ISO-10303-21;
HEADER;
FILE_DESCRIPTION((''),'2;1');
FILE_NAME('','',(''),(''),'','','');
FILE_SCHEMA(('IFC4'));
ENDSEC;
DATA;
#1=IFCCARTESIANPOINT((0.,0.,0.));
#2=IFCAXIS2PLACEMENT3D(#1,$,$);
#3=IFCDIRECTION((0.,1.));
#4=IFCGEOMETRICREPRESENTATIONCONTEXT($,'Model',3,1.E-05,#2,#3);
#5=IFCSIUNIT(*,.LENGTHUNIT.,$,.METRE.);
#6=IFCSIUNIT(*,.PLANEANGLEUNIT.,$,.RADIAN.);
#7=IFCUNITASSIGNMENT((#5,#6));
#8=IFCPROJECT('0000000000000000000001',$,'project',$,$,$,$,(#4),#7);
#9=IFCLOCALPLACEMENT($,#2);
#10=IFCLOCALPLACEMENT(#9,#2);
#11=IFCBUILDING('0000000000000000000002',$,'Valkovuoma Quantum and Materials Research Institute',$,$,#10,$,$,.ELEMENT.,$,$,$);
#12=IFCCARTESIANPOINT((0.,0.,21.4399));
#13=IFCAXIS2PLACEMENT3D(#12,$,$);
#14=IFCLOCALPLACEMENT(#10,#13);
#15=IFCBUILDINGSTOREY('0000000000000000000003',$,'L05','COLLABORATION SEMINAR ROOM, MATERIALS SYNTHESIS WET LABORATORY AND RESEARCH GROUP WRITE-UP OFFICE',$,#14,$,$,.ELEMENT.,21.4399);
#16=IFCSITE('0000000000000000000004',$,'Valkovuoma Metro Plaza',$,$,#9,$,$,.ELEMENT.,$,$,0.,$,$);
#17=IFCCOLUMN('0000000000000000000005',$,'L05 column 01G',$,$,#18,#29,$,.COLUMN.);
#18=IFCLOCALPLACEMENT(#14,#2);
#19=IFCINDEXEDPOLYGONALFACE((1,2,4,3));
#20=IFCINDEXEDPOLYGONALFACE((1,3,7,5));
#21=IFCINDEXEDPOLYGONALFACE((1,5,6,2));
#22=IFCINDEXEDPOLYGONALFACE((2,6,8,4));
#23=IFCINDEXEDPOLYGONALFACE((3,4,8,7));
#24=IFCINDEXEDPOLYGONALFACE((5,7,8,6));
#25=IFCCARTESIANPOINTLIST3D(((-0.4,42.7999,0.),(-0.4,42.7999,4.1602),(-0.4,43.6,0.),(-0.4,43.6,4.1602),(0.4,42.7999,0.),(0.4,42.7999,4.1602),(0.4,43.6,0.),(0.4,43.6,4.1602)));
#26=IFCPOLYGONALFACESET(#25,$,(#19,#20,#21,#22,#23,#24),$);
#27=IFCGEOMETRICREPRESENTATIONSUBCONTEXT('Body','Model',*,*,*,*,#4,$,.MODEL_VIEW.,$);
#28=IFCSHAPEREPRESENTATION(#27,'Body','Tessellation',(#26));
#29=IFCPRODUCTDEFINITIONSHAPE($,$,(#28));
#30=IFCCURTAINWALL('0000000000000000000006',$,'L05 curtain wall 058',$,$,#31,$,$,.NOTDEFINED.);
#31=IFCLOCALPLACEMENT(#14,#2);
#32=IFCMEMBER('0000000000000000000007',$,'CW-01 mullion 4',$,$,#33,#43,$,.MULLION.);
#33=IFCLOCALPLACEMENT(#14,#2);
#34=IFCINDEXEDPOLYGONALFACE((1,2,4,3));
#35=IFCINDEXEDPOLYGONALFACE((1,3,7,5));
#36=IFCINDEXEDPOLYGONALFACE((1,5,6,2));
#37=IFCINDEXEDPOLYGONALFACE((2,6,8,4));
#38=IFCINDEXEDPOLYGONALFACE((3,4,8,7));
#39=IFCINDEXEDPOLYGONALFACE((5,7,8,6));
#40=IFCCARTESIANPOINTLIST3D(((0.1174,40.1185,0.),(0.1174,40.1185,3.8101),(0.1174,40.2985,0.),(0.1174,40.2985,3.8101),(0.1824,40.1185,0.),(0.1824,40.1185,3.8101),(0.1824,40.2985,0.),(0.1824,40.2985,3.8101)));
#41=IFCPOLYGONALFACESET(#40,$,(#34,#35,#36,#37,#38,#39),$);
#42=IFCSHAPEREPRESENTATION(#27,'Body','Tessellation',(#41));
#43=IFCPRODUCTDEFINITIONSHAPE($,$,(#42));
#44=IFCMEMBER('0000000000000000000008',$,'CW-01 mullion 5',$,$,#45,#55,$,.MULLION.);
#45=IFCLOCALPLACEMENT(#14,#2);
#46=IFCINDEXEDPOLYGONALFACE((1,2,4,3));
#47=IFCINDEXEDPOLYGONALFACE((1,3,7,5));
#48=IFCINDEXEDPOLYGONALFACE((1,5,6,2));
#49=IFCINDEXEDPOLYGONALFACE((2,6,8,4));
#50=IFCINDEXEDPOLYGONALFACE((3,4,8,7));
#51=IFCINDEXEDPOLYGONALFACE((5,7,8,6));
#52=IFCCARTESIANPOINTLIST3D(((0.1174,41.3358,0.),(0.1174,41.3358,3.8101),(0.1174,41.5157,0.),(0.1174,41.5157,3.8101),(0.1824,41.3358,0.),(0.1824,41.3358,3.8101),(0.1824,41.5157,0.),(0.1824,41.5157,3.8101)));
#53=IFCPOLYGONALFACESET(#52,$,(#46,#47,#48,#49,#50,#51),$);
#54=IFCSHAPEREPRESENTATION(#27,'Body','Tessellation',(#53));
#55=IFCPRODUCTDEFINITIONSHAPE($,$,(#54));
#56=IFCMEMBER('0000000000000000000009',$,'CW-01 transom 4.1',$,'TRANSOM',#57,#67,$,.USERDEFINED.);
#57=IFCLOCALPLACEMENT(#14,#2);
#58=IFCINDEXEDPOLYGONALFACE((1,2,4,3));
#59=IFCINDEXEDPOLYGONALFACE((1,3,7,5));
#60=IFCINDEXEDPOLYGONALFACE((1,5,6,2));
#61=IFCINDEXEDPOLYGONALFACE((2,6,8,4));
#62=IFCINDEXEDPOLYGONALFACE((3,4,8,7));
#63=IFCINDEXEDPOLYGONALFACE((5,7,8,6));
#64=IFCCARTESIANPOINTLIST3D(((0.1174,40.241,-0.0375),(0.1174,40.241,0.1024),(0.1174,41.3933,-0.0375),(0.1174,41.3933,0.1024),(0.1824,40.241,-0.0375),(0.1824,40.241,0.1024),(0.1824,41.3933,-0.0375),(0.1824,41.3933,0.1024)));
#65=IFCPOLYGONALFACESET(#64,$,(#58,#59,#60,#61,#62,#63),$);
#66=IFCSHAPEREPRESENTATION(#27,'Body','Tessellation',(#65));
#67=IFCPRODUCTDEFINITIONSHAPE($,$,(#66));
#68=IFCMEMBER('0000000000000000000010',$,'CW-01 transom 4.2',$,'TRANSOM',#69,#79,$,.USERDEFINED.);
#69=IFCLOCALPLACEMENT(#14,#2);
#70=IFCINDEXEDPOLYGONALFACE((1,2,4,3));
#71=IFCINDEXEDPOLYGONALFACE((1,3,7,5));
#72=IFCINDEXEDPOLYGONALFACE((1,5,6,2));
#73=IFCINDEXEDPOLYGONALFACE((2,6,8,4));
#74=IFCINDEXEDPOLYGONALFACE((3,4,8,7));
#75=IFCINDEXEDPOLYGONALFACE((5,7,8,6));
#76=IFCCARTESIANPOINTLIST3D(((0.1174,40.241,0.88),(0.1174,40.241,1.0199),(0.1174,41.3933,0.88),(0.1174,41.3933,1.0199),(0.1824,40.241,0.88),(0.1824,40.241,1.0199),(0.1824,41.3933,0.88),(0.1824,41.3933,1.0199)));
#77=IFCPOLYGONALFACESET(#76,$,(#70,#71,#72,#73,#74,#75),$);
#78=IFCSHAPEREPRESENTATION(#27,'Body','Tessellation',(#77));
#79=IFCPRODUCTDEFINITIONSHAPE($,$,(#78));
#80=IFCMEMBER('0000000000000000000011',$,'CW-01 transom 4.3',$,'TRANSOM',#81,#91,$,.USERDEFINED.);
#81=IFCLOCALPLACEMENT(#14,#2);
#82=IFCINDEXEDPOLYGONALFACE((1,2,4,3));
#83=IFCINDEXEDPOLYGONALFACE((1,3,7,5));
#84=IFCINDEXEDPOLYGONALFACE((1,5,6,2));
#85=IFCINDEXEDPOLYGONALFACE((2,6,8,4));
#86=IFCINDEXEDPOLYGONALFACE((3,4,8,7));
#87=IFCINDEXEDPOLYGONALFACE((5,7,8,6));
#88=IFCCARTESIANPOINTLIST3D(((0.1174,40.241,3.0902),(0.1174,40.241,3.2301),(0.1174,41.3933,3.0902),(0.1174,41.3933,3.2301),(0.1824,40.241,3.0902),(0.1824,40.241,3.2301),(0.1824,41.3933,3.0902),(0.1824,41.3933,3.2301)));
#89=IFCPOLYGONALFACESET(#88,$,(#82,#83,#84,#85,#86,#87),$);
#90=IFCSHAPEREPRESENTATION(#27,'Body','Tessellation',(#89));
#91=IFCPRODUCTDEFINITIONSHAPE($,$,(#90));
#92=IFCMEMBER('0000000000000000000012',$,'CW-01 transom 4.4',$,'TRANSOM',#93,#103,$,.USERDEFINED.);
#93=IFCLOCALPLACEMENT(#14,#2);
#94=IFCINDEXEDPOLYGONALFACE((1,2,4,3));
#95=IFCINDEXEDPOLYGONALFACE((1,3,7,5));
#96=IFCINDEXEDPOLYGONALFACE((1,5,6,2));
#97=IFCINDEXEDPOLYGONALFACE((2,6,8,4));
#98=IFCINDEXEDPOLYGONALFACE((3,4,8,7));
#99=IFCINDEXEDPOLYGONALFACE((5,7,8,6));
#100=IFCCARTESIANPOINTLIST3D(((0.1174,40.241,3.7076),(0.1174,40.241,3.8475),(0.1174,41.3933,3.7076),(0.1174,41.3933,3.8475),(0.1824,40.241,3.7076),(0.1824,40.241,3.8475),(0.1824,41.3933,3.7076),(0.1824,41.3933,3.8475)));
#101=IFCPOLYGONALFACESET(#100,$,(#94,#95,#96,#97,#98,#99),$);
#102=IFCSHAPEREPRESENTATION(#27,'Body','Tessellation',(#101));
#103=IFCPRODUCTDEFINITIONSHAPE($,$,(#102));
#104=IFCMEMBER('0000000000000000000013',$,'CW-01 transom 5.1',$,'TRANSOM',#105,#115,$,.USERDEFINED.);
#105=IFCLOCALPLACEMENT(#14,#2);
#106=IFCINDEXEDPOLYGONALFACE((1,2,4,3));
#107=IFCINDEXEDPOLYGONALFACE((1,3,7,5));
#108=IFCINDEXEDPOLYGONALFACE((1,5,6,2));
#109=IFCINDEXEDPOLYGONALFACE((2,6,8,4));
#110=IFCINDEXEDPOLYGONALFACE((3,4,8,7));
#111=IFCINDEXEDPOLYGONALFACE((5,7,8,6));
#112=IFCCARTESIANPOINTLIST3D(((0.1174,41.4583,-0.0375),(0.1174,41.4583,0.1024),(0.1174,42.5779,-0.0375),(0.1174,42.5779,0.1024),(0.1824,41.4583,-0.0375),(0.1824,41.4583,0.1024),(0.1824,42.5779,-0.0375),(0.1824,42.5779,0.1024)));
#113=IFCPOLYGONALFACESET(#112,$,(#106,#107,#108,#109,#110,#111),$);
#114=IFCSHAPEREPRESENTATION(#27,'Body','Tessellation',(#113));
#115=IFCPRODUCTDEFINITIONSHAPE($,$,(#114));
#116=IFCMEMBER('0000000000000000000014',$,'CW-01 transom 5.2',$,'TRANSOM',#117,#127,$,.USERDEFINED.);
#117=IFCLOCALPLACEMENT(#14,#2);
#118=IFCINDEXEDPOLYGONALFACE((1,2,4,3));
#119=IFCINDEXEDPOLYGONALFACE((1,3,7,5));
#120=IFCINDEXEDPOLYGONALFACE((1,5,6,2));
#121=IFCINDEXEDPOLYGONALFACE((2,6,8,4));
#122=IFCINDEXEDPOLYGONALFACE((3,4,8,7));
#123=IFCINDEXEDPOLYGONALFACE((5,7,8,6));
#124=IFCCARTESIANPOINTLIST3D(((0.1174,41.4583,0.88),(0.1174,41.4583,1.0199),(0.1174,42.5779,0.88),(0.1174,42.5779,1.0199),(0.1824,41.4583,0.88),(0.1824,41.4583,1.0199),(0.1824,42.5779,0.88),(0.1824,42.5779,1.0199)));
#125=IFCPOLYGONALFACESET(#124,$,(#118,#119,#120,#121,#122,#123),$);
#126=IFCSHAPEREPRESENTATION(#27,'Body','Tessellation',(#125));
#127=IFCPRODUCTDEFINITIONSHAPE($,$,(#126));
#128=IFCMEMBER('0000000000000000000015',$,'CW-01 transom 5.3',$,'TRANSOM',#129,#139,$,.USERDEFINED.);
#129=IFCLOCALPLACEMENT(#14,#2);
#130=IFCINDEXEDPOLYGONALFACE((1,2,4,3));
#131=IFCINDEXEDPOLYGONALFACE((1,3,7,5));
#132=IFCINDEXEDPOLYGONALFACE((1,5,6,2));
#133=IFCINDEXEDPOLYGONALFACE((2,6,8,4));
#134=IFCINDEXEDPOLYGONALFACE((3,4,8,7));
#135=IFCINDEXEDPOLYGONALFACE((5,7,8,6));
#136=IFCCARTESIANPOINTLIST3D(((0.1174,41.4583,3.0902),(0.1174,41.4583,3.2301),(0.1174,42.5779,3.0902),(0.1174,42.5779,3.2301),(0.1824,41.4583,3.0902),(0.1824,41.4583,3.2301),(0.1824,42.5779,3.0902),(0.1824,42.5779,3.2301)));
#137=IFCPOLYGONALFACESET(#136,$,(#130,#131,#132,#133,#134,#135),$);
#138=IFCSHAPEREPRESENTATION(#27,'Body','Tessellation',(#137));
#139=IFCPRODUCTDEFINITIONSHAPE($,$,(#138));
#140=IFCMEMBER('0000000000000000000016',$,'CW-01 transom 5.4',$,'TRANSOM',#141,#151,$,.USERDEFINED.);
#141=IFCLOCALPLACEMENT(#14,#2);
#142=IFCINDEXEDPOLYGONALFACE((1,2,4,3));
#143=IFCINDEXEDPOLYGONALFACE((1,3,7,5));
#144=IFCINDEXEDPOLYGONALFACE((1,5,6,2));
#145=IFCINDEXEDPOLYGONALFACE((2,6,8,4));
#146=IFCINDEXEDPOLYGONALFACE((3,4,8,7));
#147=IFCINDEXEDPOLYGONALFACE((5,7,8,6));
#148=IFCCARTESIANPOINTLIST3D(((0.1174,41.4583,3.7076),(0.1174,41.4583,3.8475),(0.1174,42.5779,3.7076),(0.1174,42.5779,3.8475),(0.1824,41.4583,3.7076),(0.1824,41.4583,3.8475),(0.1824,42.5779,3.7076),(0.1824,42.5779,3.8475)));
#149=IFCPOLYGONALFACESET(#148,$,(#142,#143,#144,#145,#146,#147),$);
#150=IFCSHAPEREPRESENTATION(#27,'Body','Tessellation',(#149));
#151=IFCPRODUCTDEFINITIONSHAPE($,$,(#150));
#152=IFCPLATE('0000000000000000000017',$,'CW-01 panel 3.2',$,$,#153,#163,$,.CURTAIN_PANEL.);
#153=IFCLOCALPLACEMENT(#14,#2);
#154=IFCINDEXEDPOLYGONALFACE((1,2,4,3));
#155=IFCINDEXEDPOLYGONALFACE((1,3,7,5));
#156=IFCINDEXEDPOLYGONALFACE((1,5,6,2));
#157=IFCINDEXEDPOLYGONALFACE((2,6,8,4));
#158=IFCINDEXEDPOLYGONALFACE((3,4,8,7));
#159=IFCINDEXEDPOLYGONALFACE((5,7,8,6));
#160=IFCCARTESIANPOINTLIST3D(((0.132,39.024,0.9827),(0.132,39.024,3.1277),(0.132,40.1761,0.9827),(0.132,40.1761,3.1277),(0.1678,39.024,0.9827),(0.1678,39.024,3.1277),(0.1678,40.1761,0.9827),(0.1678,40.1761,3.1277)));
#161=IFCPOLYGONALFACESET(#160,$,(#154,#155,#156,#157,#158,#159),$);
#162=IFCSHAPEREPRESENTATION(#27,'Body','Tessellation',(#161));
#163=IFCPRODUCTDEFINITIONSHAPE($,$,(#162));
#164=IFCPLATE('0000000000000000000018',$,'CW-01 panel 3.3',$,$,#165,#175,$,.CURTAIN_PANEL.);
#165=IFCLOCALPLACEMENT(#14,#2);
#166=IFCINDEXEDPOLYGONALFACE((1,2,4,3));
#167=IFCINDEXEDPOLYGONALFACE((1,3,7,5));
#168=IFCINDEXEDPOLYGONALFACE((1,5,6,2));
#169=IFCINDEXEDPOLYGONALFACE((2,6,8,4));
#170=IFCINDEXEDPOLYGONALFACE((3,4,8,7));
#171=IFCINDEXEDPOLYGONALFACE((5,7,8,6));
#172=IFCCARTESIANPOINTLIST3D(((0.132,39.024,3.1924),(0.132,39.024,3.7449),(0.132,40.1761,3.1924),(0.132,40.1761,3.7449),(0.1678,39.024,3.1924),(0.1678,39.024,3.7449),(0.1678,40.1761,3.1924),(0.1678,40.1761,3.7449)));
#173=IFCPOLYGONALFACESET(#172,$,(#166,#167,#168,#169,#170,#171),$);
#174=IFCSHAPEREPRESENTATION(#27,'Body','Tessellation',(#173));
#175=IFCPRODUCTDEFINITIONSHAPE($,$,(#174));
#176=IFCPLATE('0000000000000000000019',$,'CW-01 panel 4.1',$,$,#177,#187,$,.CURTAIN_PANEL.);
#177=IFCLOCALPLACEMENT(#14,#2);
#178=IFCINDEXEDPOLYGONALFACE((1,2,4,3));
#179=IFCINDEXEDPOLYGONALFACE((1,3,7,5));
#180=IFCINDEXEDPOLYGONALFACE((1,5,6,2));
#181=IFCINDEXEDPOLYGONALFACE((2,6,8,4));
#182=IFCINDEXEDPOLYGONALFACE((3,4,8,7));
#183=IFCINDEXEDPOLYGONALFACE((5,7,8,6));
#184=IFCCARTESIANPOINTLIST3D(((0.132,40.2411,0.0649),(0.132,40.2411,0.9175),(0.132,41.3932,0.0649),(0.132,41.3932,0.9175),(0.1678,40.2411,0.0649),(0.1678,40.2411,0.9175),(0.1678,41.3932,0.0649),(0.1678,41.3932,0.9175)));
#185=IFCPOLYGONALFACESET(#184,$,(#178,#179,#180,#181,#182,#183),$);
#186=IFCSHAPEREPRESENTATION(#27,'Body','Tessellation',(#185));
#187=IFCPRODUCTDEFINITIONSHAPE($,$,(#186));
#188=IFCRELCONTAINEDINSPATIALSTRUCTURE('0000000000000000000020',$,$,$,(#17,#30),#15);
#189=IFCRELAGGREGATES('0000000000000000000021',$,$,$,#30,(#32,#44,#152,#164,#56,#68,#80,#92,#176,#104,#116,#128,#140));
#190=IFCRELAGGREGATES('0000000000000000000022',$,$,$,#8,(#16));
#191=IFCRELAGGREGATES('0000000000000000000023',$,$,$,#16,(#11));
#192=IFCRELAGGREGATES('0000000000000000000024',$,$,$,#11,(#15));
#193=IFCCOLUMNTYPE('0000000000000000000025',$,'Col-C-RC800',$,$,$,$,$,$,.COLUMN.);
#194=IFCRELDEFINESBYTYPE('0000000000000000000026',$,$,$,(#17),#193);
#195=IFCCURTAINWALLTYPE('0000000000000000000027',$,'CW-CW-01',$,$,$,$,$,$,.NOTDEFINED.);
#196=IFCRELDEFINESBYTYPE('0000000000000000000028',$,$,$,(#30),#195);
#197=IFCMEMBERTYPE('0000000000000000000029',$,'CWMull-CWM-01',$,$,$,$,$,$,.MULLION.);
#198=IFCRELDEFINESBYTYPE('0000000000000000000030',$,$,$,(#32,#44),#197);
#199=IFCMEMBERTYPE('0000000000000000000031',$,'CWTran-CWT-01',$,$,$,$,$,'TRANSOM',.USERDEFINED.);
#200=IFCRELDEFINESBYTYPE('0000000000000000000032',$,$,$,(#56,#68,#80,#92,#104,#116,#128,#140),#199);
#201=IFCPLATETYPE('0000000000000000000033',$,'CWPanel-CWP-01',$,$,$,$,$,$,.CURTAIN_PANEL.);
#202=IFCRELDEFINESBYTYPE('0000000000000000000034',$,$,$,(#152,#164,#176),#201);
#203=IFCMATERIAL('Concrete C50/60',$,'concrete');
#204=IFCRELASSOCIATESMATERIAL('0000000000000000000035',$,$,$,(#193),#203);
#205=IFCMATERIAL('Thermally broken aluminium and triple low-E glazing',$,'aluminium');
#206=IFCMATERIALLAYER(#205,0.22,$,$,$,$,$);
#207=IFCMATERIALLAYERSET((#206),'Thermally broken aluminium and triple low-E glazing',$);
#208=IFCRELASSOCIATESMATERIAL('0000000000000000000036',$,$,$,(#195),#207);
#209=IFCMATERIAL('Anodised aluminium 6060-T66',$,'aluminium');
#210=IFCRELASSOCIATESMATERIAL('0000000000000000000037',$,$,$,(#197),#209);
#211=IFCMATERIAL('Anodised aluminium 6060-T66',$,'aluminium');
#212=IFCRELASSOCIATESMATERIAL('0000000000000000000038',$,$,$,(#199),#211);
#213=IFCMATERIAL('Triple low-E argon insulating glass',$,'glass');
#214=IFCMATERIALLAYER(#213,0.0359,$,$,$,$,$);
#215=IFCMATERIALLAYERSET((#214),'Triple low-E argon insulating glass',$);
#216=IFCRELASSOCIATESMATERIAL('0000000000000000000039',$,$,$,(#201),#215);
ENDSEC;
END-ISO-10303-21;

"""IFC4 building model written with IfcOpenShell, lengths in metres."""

from ifc_helpers import new_model, si_unit, direction, frame, origin, origin_2d, place, context, subcontext, project, spatial, rectangle, extrude, material, layer, layer_set, material_profile, profile_set, type_object, element, aggregate, save


model = new_model("IFC4")

# Units and contexts
model_context = context("Model", 3, precision=1e-05, world=origin(), true_north=direction((0.0, 1.0)))
body_context = subcontext(model_context, "Body", "Model", "MODEL_VIEW")
ifc_project = project(units=[si_unit("LENGTHUNIT", "METRE"), si_unit("PLANEANGLEUNIT", "RADIAN")], contexts=[model_context])

# Site, building, storey
site_placement = place(None, origin())
site = spatial("IfcSite", under=ifc_project, at=site_placement, Name="Valkovuoma Metro Plaza", CompositionType="ELEMENT", RefElevation=0.0)
building_placement = place(site_placement, origin())
building = spatial("IfcBuilding", under=site, at=building_placement, Name="Valkovuoma Quantum and Materials Research Institute", CompositionType="ELEMENT")
storey_placement = place(building_placement, frame((0.0, 0.0, 21.4399)))
storey = spatial("IfcBuildingStorey", under=building, at=storey_placement, Name="L05", Description="COLLABORATION SEMINAR ROOM, MATERIALS SYNTHESIS WET LABORATORY AND RESEARCH GROUP WRITE-UP OFFICE", CompositionType="ELEMENT", Elevation=21.4399)

# Column
ifc_material_1 = material(Name="Concrete C50/60", Category="concrete")
ifc_material_profile_1 = material_profile(ifc_material_1, rectangle(XDim=0.8, YDim=0.8, at=origin_2d()), Name="Concrete C50/60")
ifc_profile_set_1 = profile_set([ifc_material_profile_1], Name="Concrete C50/60")
column_type = type_object("IfcColumnType", Name="Col-C-RC800", PredefinedType="COLUMN", material=ifc_profile_set_1)
column_placement = place(storey_placement, frame((0.0, 43.2, 0.0), z_axis=(0.0, 0.0, 1.0), x_axis=(1.0, 0.0, 0.0)))
element("IfcColumn", 1, at=column_placement, inside=storey, type_object=column_type, Name="L05 column 01G", PredefinedType="COLUMN", context=body_context, shape_type="SweptSolid", body=[
    extrude(rectangle(XDim=0.8, YDim=0.8, at=origin_2d()), origin(), (0.0, 0.0, 1.0), 4.1602),
])

# Curtain wall, members, plates
ifc_material_2 = material(Name="Thermally broken aluminium and triple low-E glazing", Category="aluminium")
ifc_layer_1 = layer(ifc_material_2, 0.22)
ifc_layer_set_1 = layer_set([ifc_layer_1], Name="Thermally broken aluminium and triple low-E glazing")
curtain_wall_type = type_object("IfcCurtainWallType", Name="CW-CW-01", PredefinedType="NOTDEFINED", material=ifc_layer_set_1)
curtain_wall_placement = place(storey_placement, origin())
curtain_wall = element("IfcCurtainWall", 2, at=curtain_wall_placement, inside=storey, type_object=curtain_wall_type, Name="L05 curtain wall 058", PredefinedType="NOTDEFINED")
ifc_material_3 = material(Name="Anodised aluminium 6060-T66", Category="aluminium")
ifc_material_profile_2 = material_profile(ifc_material_3, rectangle(XDim=0.0649, YDim=0.1799, at=origin_2d()), Name="Anodised aluminium 6060-T66")
ifc_profile_set_2 = profile_set([ifc_material_profile_2], Name="Anodised aluminium 6060-T66")
member_type_1 = type_object("IfcMemberType", Name="CWMull-CWM-01", PredefinedType="MULLION", material=ifc_profile_set_2)
member_1_placement = place(storey_placement, frame((0.1499, 40.2085, 0.0), z_axis=(0.0, 0.0, 1.0), x_axis=(-1.0, 0.0, 0.0)))
member_1 = element("IfcMember", 3, at=member_1_placement, type_object=member_type_1, Name="CW-01 mullion 4", PredefinedType="MULLION", context=body_context, shape_type="SweptSolid", body=[
    extrude(rectangle(XDim=0.0649, YDim=0.1799, at=origin_2d()), origin(), (0.0, 0.0, 1.0), 3.8101),
])
member_2_placement = place(storey_placement, frame((0.1499, 41.4258, 0.0), z_axis=(0.0, 0.0, 1.0), x_axis=(-1.0, 0.0, 0.0)))
member_2 = element("IfcMember", 4, at=member_2_placement, type_object=member_type_1, Name="CW-01 mullion 5", PredefinedType="MULLION", context=body_context, shape_type="SweptSolid", body=[
    extrude(rectangle(XDim=0.0649, YDim=0.1799, at=origin_2d()), origin(), (0.0, 0.0, 1.0), 3.8101),
])
ifc_material_4 = material(Name="Anodised aluminium 6060-T66", Category="aluminium")
ifc_material_profile_3 = material_profile(ifc_material_4, rectangle(XDim=0.0649, YDim=0.1399, at=origin_2d()), Name="Anodised aluminium 6060-T66")
ifc_profile_set_3 = profile_set([ifc_material_profile_3], Name="Anodised aluminium 6060-T66")
member_type_2 = type_object("IfcMemberType", Name="CWTran-CWT-01", ElementType="TRANSOM", PredefinedType="USERDEFINED", material=ifc_profile_set_3)
member_3_placement = place(storey_placement, frame((0.1499, 40.241, 0.0325), z_axis=(0.0, 1.0, 0.0), x_axis=(-1.0, 0.0, 0.0)))
member_3 = element("IfcMember", 5, at=member_3_placement, type_object=member_type_2, Name="CW-01 transom 4.1", ObjectType="TRANSOM", PredefinedType="USERDEFINED", context=body_context, shape_type="SweptSolid", body=[
    extrude(rectangle(XDim=0.0649, YDim=0.1399, at=origin_2d()), origin(), (0.0, 0.0, 1.0), 1.1523),
])
member_4_placement = place(storey_placement, frame((0.1499, 40.241, 0.95), z_axis=(0.0, 1.0, 0.0), x_axis=(-1.0, 0.0, 0.0)))
member_4 = element("IfcMember", 6, at=member_4_placement, type_object=member_type_2, Name="CW-01 transom 4.2", ObjectType="TRANSOM", PredefinedType="USERDEFINED", context=body_context, shape_type="SweptSolid", body=[
    extrude(rectangle(XDim=0.0649, YDim=0.1399, at=origin_2d()), origin(), (0.0, 0.0, 1.0), 1.1523),
])
member_5_placement = place(storey_placement, frame((0.1499, 40.241, 3.1602), z_axis=(0.0, 1.0, 0.0), x_axis=(-1.0, 0.0, 0.0)))
member_5 = element("IfcMember", 7, at=member_5_placement, type_object=member_type_2, Name="CW-01 transom 4.3", ObjectType="TRANSOM", PredefinedType="USERDEFINED", context=body_context, shape_type="SweptSolid", body=[
    extrude(rectangle(XDim=0.0649, YDim=0.1399, at=origin_2d()), origin(), (0.0, 0.0, 1.0), 1.1523),
])
member_6_placement = place(storey_placement, frame((0.1499, 40.241, 3.7776), z_axis=(0.0, 1.0, 0.0), x_axis=(-1.0, 0.0, 0.0)))
member_6 = element("IfcMember", 8, at=member_6_placement, type_object=member_type_2, Name="CW-01 transom 4.4", ObjectType="TRANSOM", PredefinedType="USERDEFINED", context=body_context, shape_type="SweptSolid", body=[
    extrude(rectangle(XDim=0.0649, YDim=0.1399, at=origin_2d()), origin(), (0.0, 0.0, 1.0), 1.1523),
])
member_7_placement = place(storey_placement, frame((0.1499, 41.4583, 0.0325), z_axis=(0.0, 1.0, 0.0), x_axis=(-1.0, 0.0, 0.0)))
member_7 = element("IfcMember", 9, at=member_7_placement, type_object=member_type_2, Name="CW-01 transom 5.1", ObjectType="TRANSOM", PredefinedType="USERDEFINED", context=body_context, shape_type="SweptSolid", body=[
    extrude(rectangle(XDim=0.0649, YDim=0.1399, at=origin_2d()), origin(), (0.0, 0.0, 1.0), 1.1196),
])
member_8_placement = place(storey_placement, frame((0.1499, 41.4583, 0.95), z_axis=(0.0, 1.0, 0.0), x_axis=(-1.0, 0.0, 0.0)))
member_8 = element("IfcMember", 10, at=member_8_placement, type_object=member_type_2, Name="CW-01 transom 5.2", ObjectType="TRANSOM", PredefinedType="USERDEFINED", context=body_context, shape_type="SweptSolid", body=[
    extrude(rectangle(XDim=0.0649, YDim=0.1399, at=origin_2d()), origin(), (0.0, 0.0, 1.0), 1.1196),
])
member_9_placement = place(storey_placement, frame((0.1499, 41.4583, 3.1602), z_axis=(0.0, 1.0, 0.0), x_axis=(-1.0, 0.0, 0.0)))
member_9 = element("IfcMember", 11, at=member_9_placement, type_object=member_type_2, Name="CW-01 transom 5.3", ObjectType="TRANSOM", PredefinedType="USERDEFINED", context=body_context, shape_type="SweptSolid", body=[
    extrude(rectangle(XDim=0.0649, YDim=0.1399, at=origin_2d()), origin(), (0.0, 0.0, 1.0), 1.1196),
])
member_10_placement = place(storey_placement, frame((0.1499, 41.4583, 3.7776), z_axis=(0.0, 1.0, 0.0), x_axis=(-1.0, 0.0, 0.0)))
member_10 = element("IfcMember", 12, at=member_10_placement, type_object=member_type_2, Name="CW-01 transom 5.4", ObjectType="TRANSOM", PredefinedType="USERDEFINED", context=body_context, shape_type="SweptSolid", body=[
    extrude(rectangle(XDim=0.0649, YDim=0.1399, at=origin_2d()), origin(), (0.0, 0.0, 1.0), 1.1196),
])
ifc_material_5 = material(Name="Triple low-E argon insulating glass", Category="glass")
ifc_layer_2 = layer(ifc_material_5, 0.0359)
ifc_layer_set_2 = layer_set([ifc_layer_2], Name="Triple low-E argon insulating glass")
plate_type = type_object("IfcPlateType", Name="CWPanel-CWP-01", PredefinedType="CURTAIN_PANEL", material=ifc_layer_set_2)
plate_1_placement = place(storey_placement, frame((0.1499, 39.6001, 0.9827), z_axis=(0.0, 0.0, 1.0), x_axis=(0.0, 1.0, 0.0)))
plate_1 = element("IfcPlate", 13, at=plate_1_placement, type_object=plate_type, Name="CW-01 panel 3.2", PredefinedType="CURTAIN_PANEL", context=body_context, shape_type="SweptSolid", body=[
    extrude(rectangle(XDim=1.1521, YDim=0.0359, at=origin_2d()), origin(), (0.0, 0.0, 1.0), 2.145),
])
plate_2_placement = place(storey_placement, frame((0.1499, 39.6001, 3.1924), z_axis=(0.0, 0.0, 1.0), x_axis=(0.0, 1.0, 0.0)))
plate_2 = element("IfcPlate", 14, at=plate_2_placement, type_object=plate_type, Name="CW-01 panel 3.3", PredefinedType="CURTAIN_PANEL", context=body_context, shape_type="SweptSolid", body=[
    extrude(rectangle(XDim=1.1521, YDim=0.0359, at=origin_2d()), origin(), (0.0, 0.0, 1.0), 0.5525),
])
plate_3_placement = place(storey_placement, frame((0.1499, 40.8171, 0.0649), z_axis=(0.0, 0.0, 1.0), x_axis=(0.0, 1.0, 0.0)))
plate_3 = element("IfcPlate", 15, at=plate_3_placement, type_object=plate_type, Name="CW-01 panel 4.1", PredefinedType="CURTAIN_PANEL", context=body_context, shape_type="SweptSolid", body=[
    extrude(rectangle(XDim=1.1521, YDim=0.0359, at=origin_2d()), origin(), (0.0, 0.0, 1.0), 0.8525),
])
aggregate(curtain_wall, [member_1, member_2, plate_1, plate_2, member_3, member_4, member_5, member_6, plate_3, member_7, member_8, member_9, member_10])

save(model, "model.ifc")
